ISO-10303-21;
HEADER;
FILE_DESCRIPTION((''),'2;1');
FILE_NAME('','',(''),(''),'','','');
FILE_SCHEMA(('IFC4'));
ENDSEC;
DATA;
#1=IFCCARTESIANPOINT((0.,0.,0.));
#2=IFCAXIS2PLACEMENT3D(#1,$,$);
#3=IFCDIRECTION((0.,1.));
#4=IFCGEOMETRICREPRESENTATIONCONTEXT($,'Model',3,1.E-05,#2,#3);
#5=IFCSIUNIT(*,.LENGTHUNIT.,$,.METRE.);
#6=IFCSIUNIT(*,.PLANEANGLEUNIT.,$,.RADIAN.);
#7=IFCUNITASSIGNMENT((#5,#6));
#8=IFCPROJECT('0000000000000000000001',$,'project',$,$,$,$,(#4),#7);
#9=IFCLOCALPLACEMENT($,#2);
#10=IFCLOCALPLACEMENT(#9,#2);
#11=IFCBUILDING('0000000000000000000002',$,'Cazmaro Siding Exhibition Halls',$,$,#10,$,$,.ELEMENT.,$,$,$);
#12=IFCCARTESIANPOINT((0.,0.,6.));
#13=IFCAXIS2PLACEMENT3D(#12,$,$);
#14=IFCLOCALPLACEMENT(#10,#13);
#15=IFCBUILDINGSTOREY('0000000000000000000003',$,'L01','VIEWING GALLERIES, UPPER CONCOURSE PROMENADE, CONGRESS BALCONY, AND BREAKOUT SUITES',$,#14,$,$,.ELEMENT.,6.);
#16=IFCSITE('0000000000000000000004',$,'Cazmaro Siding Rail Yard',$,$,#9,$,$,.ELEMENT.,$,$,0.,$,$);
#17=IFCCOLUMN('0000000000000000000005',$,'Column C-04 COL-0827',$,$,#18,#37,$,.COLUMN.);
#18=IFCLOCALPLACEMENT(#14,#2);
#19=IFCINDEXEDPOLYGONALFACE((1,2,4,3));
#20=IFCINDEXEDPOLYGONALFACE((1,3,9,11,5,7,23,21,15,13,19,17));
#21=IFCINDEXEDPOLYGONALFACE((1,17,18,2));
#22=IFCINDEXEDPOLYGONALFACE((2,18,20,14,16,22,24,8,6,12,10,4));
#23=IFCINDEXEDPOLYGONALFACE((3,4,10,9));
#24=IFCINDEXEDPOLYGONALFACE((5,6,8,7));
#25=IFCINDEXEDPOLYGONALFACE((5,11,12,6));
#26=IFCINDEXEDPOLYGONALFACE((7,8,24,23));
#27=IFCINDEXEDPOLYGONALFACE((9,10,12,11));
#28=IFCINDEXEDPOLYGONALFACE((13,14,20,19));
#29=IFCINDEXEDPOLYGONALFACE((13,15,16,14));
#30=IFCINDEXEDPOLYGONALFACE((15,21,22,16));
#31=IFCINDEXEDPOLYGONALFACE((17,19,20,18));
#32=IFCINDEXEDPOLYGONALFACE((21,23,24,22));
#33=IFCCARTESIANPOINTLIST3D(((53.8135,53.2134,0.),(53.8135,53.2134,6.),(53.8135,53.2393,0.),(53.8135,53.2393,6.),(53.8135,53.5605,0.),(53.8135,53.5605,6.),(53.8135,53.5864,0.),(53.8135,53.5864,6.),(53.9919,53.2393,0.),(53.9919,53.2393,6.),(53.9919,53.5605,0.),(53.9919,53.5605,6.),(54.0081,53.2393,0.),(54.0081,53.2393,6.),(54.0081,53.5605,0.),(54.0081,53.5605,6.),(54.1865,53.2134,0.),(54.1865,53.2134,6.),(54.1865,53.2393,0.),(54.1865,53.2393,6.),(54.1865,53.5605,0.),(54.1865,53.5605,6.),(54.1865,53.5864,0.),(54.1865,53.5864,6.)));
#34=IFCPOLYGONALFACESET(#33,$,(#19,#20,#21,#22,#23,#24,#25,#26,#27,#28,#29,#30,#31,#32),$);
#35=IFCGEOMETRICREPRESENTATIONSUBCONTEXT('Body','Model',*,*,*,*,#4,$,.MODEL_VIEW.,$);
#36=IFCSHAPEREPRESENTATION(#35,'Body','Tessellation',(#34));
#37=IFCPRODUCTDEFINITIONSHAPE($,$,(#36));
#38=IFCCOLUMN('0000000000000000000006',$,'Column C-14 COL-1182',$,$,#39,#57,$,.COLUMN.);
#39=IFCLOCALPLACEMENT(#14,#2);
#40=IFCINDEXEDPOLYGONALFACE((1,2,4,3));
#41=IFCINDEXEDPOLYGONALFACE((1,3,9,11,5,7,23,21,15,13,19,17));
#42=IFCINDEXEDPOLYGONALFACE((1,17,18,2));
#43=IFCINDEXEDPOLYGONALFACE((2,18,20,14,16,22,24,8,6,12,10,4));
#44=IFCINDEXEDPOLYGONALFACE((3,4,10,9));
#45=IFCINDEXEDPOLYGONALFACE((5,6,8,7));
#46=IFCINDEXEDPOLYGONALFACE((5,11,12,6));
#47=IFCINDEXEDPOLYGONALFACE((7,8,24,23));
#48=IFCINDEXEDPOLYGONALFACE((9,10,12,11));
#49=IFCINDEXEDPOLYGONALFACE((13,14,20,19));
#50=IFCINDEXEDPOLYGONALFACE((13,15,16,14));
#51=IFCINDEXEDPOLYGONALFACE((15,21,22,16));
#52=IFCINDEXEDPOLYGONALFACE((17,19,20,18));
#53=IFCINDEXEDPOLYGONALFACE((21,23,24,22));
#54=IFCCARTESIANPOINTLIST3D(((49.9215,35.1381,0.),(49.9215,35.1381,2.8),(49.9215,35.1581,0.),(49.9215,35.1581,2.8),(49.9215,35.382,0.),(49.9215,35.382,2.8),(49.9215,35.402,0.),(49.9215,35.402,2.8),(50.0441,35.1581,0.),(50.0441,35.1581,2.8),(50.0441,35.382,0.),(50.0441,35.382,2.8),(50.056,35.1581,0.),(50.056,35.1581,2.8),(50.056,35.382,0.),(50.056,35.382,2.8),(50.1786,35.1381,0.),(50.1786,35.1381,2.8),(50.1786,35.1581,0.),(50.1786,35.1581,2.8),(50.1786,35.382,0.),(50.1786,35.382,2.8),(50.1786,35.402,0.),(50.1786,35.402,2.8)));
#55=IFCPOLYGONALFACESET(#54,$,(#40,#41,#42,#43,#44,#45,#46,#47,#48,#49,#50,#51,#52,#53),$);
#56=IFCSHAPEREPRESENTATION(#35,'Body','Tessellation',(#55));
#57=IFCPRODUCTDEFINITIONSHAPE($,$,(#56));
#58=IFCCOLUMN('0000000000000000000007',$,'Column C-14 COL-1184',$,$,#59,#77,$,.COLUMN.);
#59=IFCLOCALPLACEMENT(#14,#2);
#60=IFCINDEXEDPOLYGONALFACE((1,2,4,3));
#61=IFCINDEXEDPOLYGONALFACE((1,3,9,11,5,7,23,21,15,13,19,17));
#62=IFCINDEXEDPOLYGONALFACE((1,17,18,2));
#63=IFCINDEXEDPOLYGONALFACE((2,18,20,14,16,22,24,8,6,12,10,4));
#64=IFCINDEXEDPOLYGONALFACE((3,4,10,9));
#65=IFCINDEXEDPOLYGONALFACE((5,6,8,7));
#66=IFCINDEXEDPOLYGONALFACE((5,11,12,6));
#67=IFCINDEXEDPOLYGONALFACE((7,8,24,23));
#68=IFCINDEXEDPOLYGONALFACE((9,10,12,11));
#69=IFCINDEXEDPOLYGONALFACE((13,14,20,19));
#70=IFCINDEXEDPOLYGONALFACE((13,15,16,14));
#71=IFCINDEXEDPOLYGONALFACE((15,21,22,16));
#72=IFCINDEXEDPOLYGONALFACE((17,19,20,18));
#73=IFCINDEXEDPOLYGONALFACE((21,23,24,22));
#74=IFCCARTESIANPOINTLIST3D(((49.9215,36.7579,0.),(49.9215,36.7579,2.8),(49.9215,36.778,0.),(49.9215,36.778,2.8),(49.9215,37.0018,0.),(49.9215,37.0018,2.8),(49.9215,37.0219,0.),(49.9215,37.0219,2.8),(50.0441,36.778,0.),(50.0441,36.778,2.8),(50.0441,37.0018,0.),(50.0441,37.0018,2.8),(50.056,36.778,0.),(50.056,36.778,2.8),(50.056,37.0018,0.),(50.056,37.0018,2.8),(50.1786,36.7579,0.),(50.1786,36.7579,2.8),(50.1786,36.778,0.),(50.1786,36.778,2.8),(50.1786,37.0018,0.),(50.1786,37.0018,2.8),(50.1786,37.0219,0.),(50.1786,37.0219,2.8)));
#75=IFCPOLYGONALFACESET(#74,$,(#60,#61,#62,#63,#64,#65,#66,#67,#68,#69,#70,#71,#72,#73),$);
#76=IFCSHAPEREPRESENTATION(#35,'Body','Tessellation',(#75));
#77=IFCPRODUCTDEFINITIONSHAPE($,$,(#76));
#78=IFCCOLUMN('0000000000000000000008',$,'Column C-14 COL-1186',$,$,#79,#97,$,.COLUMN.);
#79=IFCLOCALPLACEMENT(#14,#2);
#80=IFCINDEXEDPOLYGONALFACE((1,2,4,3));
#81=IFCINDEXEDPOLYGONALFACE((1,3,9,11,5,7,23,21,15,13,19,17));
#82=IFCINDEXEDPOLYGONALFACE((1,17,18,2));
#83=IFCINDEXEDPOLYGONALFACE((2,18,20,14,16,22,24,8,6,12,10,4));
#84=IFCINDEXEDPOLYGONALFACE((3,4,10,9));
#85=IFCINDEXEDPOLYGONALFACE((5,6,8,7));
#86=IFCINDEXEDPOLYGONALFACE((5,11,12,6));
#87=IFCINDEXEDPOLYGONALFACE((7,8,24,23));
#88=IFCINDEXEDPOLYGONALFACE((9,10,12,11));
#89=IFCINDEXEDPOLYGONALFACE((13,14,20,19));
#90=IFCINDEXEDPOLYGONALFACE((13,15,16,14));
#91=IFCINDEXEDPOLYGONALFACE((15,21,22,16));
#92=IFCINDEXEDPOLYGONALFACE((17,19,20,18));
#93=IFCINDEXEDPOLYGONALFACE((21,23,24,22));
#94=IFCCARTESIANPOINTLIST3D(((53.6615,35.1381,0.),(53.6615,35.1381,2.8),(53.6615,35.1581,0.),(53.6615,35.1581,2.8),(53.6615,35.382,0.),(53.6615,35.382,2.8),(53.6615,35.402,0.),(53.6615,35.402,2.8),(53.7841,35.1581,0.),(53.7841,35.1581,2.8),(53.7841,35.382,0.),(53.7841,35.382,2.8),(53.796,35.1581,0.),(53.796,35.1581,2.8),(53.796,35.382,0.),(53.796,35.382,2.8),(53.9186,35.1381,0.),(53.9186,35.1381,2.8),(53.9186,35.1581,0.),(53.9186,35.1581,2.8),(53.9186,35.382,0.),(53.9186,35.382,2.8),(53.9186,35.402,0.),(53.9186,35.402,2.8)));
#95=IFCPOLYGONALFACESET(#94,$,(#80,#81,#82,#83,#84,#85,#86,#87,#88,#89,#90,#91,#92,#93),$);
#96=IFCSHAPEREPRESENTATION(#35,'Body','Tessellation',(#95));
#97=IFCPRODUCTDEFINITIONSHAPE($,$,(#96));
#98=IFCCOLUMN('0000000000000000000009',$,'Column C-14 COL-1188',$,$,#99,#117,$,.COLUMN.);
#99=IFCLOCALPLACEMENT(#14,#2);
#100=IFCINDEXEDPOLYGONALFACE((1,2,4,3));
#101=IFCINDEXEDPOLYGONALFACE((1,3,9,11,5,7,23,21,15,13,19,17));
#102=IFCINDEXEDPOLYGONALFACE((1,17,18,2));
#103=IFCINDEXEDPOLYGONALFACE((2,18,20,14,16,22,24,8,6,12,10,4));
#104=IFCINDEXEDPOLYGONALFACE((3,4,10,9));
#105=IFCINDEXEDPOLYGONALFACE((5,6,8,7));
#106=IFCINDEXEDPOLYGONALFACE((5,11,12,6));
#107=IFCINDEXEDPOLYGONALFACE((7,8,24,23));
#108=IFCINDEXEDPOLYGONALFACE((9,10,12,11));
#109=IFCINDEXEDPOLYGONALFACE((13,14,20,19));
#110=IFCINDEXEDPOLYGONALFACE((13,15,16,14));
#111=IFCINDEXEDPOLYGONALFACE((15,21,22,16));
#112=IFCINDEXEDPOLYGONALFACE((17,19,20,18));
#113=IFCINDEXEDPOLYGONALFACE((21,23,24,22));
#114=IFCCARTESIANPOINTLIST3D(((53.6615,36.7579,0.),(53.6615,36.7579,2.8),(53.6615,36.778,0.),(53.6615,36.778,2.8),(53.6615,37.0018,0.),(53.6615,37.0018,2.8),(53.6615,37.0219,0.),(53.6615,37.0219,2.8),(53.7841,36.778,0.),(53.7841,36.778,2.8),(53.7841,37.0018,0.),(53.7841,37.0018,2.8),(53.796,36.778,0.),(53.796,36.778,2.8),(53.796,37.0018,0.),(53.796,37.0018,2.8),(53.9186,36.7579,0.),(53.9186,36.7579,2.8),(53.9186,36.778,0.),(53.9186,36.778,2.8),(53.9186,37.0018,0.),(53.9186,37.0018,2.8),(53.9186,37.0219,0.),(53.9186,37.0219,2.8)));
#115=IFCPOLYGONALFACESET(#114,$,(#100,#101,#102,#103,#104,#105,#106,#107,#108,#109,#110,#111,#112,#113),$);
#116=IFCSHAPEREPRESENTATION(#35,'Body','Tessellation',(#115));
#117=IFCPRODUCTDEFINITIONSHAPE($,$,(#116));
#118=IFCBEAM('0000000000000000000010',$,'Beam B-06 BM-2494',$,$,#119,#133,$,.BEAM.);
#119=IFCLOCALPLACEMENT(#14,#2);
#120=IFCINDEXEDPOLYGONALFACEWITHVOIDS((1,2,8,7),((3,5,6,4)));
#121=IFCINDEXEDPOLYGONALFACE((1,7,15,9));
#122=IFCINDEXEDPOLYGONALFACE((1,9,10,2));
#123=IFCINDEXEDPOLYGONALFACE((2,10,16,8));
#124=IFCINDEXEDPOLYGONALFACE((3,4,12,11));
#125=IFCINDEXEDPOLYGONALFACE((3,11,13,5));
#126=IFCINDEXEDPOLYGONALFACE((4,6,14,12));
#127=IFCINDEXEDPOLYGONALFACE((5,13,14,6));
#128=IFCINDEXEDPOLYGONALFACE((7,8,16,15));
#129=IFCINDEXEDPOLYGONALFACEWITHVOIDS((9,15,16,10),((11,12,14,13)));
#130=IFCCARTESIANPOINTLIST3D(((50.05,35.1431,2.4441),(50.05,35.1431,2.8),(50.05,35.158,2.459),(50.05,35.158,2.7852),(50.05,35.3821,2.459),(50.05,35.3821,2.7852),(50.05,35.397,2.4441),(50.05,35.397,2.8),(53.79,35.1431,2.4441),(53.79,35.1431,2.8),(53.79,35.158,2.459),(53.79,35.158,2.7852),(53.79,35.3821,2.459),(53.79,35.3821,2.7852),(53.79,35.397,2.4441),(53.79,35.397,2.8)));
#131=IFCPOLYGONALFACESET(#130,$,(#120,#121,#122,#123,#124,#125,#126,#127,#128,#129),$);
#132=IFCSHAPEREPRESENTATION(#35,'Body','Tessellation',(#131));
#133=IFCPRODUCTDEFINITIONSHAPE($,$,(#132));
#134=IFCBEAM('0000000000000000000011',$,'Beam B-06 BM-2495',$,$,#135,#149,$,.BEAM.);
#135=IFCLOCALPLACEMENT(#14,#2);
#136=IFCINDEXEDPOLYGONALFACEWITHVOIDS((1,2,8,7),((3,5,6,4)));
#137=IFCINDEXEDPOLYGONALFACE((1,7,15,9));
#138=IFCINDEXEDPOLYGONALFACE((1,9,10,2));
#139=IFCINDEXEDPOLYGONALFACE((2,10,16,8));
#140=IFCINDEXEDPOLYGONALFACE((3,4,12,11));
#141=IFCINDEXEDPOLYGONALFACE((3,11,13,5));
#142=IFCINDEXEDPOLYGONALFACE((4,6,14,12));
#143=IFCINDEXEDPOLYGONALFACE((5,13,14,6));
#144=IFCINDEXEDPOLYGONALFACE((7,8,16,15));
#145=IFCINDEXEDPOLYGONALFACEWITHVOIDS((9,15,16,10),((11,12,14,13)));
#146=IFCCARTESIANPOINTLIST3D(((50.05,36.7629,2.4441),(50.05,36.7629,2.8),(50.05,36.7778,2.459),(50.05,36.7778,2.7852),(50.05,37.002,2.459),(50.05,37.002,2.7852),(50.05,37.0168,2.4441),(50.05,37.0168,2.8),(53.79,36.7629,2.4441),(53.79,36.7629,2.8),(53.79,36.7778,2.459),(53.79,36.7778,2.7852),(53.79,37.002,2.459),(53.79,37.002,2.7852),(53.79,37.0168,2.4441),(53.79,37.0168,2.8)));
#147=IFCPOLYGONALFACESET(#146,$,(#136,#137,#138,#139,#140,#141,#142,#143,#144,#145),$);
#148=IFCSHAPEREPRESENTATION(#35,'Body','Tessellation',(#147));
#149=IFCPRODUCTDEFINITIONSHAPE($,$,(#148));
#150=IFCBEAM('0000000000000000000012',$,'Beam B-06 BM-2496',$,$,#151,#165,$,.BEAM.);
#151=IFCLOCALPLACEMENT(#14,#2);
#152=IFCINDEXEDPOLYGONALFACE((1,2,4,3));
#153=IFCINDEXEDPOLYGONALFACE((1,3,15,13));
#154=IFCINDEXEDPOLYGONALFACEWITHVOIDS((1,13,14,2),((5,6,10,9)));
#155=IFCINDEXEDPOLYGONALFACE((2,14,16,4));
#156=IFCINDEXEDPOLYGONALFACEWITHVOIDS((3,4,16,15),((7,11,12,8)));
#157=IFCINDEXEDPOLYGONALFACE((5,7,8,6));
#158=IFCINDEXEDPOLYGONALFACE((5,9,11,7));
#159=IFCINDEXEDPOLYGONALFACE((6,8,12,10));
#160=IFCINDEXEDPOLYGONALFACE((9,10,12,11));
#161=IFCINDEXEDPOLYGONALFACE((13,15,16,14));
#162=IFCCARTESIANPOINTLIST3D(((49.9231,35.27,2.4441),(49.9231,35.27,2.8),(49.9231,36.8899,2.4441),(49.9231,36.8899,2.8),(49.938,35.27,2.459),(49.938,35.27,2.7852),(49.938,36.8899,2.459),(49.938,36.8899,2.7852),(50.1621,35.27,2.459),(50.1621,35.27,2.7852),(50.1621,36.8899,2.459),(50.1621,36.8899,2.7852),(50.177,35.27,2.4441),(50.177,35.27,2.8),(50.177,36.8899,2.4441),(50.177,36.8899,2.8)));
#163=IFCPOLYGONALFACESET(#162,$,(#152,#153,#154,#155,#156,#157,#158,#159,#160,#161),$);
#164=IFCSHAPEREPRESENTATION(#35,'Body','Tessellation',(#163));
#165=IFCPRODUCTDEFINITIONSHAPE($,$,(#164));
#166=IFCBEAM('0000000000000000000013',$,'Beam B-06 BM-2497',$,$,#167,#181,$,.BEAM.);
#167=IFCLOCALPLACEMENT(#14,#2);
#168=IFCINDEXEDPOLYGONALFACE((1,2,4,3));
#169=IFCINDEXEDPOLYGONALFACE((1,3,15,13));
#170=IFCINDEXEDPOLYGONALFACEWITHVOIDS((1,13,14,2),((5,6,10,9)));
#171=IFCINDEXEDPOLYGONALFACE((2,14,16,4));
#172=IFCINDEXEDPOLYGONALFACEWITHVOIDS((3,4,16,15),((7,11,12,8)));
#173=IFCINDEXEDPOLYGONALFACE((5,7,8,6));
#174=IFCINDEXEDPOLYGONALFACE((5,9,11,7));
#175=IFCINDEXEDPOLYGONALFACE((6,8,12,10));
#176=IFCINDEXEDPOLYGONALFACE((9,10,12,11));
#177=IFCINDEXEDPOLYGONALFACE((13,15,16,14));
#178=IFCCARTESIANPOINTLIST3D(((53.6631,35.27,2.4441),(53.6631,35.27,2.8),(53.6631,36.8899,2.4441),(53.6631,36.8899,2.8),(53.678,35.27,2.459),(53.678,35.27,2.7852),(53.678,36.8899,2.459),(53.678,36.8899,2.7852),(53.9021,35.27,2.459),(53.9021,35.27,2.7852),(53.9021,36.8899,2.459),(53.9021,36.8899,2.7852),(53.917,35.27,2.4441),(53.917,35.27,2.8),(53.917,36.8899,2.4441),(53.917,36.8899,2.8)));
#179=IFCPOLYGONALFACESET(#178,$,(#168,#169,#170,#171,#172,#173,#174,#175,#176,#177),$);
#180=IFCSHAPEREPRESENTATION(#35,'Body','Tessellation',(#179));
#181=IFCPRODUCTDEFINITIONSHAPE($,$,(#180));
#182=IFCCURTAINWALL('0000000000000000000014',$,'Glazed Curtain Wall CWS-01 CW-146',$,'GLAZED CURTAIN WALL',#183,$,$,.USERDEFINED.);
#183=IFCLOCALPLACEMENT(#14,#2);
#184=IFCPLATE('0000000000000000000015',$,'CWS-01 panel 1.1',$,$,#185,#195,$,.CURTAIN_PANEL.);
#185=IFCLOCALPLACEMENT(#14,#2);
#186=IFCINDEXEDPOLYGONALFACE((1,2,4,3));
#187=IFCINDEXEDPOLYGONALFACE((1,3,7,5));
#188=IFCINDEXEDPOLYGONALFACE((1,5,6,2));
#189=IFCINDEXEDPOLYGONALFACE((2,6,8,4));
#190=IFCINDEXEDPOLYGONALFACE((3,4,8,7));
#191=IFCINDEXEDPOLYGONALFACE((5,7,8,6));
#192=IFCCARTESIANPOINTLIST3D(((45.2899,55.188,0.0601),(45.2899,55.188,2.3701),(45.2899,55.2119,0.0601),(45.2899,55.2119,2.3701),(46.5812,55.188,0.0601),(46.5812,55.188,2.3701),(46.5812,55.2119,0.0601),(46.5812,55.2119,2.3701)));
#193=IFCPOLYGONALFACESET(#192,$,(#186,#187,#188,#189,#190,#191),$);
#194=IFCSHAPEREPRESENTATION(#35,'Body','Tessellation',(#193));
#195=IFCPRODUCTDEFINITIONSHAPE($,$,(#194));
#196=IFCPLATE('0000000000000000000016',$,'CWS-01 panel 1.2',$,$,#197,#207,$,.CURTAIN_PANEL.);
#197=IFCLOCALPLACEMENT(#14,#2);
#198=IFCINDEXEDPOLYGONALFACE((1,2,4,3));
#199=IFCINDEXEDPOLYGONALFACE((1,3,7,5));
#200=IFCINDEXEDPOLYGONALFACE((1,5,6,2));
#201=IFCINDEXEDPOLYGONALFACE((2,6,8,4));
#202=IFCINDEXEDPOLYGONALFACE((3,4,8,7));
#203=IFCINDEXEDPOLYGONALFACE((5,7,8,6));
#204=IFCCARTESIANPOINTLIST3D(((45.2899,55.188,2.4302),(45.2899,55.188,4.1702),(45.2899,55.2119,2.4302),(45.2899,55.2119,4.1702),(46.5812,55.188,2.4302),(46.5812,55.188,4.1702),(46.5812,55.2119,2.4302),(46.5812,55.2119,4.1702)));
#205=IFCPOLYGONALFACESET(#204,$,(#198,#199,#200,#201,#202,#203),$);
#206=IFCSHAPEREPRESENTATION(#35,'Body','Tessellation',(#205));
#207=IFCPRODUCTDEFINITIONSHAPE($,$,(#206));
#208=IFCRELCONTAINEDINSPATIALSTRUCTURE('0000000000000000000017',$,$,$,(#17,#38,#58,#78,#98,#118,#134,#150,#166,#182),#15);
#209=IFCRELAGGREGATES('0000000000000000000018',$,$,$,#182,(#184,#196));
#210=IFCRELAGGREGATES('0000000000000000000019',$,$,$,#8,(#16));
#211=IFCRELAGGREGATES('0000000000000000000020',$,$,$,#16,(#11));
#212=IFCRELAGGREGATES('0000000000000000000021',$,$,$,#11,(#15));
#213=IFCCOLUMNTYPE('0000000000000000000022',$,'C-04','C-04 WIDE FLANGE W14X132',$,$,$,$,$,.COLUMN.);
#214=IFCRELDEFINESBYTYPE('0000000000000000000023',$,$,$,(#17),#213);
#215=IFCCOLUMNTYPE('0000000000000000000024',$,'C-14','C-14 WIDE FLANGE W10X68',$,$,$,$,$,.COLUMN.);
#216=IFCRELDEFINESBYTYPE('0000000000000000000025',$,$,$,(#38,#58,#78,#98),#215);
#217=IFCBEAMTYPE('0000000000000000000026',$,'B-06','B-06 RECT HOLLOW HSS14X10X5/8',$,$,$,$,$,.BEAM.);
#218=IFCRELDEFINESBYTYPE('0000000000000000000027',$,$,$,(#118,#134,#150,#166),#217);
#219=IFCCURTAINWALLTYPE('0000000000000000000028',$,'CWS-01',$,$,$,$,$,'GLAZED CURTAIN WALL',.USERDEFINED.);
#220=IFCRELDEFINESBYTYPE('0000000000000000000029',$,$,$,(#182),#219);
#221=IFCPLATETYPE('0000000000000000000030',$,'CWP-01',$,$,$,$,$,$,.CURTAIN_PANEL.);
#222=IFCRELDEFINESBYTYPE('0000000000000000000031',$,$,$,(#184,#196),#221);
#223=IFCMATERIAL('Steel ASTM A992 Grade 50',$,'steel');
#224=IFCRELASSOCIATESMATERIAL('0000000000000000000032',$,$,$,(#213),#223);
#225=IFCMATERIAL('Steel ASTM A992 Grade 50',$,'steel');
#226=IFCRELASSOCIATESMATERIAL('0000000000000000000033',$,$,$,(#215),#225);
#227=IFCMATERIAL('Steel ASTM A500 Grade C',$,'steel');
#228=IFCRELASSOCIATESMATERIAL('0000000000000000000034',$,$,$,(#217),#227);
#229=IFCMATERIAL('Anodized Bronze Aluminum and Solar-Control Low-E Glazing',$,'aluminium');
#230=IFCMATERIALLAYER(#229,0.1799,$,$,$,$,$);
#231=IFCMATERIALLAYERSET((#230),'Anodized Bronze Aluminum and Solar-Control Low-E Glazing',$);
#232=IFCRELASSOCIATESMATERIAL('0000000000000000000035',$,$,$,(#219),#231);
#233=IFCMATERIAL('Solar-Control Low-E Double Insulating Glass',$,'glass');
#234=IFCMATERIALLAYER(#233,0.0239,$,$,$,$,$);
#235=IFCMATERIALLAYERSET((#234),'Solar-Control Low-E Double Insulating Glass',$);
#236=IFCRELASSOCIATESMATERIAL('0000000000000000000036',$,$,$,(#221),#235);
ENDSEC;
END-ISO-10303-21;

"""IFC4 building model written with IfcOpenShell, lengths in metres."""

from ifc_helpers import new_model, si_unit, direction, frame, origin, origin_2d, place, context, subcontext, project, spatial, rectangle, hollow_rectangle, i_section, extrude, material, layer, layer_set, material_profile, profile_set, type_object, element, aggregate, save


model = new_model("IFC4")

# Units and contexts
model_context = context("Model", 3, precision=1e-05, world=origin(), true_north=direction((0.0, 1.0)))
body_context = subcontext(model_context, "Body", "Model", "MODEL_VIEW")
ifc_project = project(units=[si_unit("LENGTHUNIT", "METRE"), si_unit("PLANEANGLEUNIT", "RADIAN")], contexts=[model_context])

# Site, building, storey
site_placement = place(None, origin())
site = spatial("IfcSite", under=ifc_project, at=site_placement, Name="Cazmaro Siding Rail Yard", CompositionType="ELEMENT", RefElevation=0.0)
building_placement = place(site_placement, origin())
building = spatial("IfcBuilding", under=site, at=building_placement, Name="Cazmaro Siding Exhibition Halls", CompositionType="ELEMENT")
storey_placement = place(building_placement, frame((0.0, 0.0, 6.0)))
storey = spatial("IfcBuildingStorey", under=building, at=storey_placement, Name="L01", Description="VIEWING GALLERIES, UPPER CONCOURSE PROMENADE, CONGRESS BALCONY, AND BREAKOUT SUITES", CompositionType="ELEMENT", Elevation=6.0)

# Columns
ifc_material_1 = material(Name="Steel ASTM A992 Grade 50", Category="steel")
ifc_material_profile_1 = material_profile(ifc_material_1, i_section(OverallWidth=0.373, OverallDepth=0.373, WebThickness=0.0161, FlangeThickness=0.0259, at=origin_2d()), Name="W14X132")
ifc_profile_set_1 = profile_set([ifc_material_profile_1], Name="Steel ASTM A992 Grade 50")
column_type_1 = type_object("IfcColumnType", Name="C-04", Description="C-04 WIDE FLANGE W14X132", PredefinedType="COLUMN", material=ifc_profile_set_1)
column_placement = place(storey_placement, frame((54.0, 53.3999, 0.0), z_axis=(0.0, 0.0, 1.0), x_axis=(1.0, 0.0, 0.0)))
element("IfcColumn", 1, at=column_placement, inside=storey, type_object=column_type_1, Name="Column C-04 COL-0827", PredefinedType="COLUMN", context=body_context, shape_type="SweptSolid", body=[
    extrude(i_section(OverallWidth=0.373, OverallDepth=0.373, WebThickness=0.0161, FlangeThickness=0.0259, at=origin_2d()), origin(), (0.0, 0.0, 1.0), 6.0),
])
ifc_material_2 = material(Name="Steel ASTM A992 Grade 50", Category="steel")
ifc_material_profile_2 = material_profile(ifc_material_2, i_section(OverallWidth=0.2571, OverallDepth=0.2639, WebThickness=0.012, FlangeThickness=0.02, at=origin_2d()), Name="W10X68")
ifc_profile_set_2 = profile_set([ifc_material_profile_2], Name="Steel ASTM A992 Grade 50")
column_type_2 = type_object("IfcColumnType", Name="C-14", Description="C-14 WIDE FLANGE W10X68", PredefinedType="COLUMN", material=ifc_profile_set_2)
for number, where, z_axis, x_axis, name in (
    (2, (50.05, 35.27, 0.0), (0.0, 0.0, 1.0), (1.0, 0.0, 0.0), "Column C-14 COL-1182"),
    (3, (50.05, 36.8899, 0.0), (0.0, 0.0, 1.0), (1.0, 0.0, 0.0), "Column C-14 COL-1184"),
    (4, (53.79, 35.27, 0.0), (0.0, 0.0, 1.0), (1.0, 0.0, 0.0), "Column C-14 COL-1186"),
    (5, (53.79, 36.8899, 0.0), (0.0, 0.0, 1.0), (1.0, 0.0, 0.0), "Column C-14 COL-1188"),
):
    element("IfcColumn", number, at=place(storey_placement, frame(where, z_axis=z_axis, x_axis=x_axis)), inside=storey, type_object=column_type_2, Name=name, PredefinedType="COLUMN", context=body_context, shape_type="SweptSolid", body=[
        extrude(i_section(OverallWidth=0.2571, OverallDepth=0.2639, WebThickness=0.012, FlangeThickness=0.02, at=origin_2d()), origin(), (0.0, 0.0, 1.0), 2.8),
    ])

# Beams
ifc_material_3 = material(Name="Steel ASTM A500 Grade C", Category="steel")
ifc_material_profile_3 = material_profile(ifc_material_3, hollow_rectangle(XDim=0.2539, YDim=0.356, WallThickness=0.0149, at=origin_2d()), Name="HSS14X10X5/8")
ifc_profile_set_3 = profile_set([ifc_material_profile_3], Name="Steel ASTM A500 Grade C")
beam_type = type_object("IfcBeamType", Name="B-06", Description="B-06 RECT HOLLOW HSS14X10X5/8", PredefinedType="BEAM", material=ifc_profile_set_3)
for number, where, z_axis, x_axis, name in (
    (6, (50.05, 35.27, 2.6221), (1.0, 0.0, 0.0), (0.0, 1.0, 0.0), "Beam B-06 BM-2494"),
    (7, (50.05, 36.8899, 2.6221), (1.0, 0.0, 0.0), (0.0, 1.0, 0.0), "Beam B-06 BM-2495"),
):
    element("IfcBeam", number, at=place(storey_placement, frame(where, z_axis=z_axis, x_axis=x_axis)), inside=storey, type_object=beam_type, Name=name, PredefinedType="BEAM", context=body_context, shape_type="SweptSolid", body=[
        extrude(hollow_rectangle(XDim=0.2539, YDim=0.356, WallThickness=0.0149, at=origin_2d()), origin(), (0.0, 0.0, 1.0), 3.74),
    ])
for number, where, z_axis, x_axis, name in (
    (8, (50.05, 35.27, 2.6221), (0.0, 1.0, 0.0), (-1.0, 0.0, 0.0), "Beam B-06 BM-2496"),
    (9, (53.79, 35.27, 2.6221), (0.0, 1.0, 0.0), (-1.0, 0.0, 0.0), "Beam B-06 BM-2497"),
):
    element("IfcBeam", number, at=place(storey_placement, frame(where, z_axis=z_axis, x_axis=x_axis)), inside=storey, type_object=beam_type, Name=name, PredefinedType="BEAM", context=body_context, shape_type="SweptSolid", body=[
        extrude(hollow_rectangle(XDim=0.2539, YDim=0.356, WallThickness=0.0149, at=origin_2d()), origin(), (0.0, 0.0, 1.0), 1.6199),
    ])

# Curtain wall, plates
ifc_material_4 = material(Name="Anodized Bronze Aluminum and Solar-Control Low-E Glazing", Category="aluminium")
ifc_layer_1 = layer(ifc_material_4, 0.1799)
ifc_layer_set_1 = layer_set([ifc_layer_1], Name="Anodized Bronze Aluminum and Solar-Control Low-E Glazing")
curtain_wall_type = type_object("IfcCurtainWallType", Name="CWS-01", ElementType="GLAZED CURTAIN WALL", PredefinedType="USERDEFINED", material=ifc_layer_set_1)
curtain_wall_placement = place(storey_placement, origin())
curtain_wall = element("IfcCurtainWall", 10, at=curtain_wall_placement, inside=storey, type_object=curtain_wall_type, Name="Glazed Curtain Wall CWS-01 CW-146", ObjectType="GLAZED CURTAIN WALL", PredefinedType="USERDEFINED")
ifc_material_5 = material(Name="Solar-Control Low-E Double Insulating Glass", Category="glass")
ifc_layer_2 = layer(ifc_material_5, 0.0239)
ifc_layer_set_2 = layer_set([ifc_layer_2], Name="Solar-Control Low-E Double Insulating Glass")
plate_type = type_object("IfcPlateType", Name="CWP-01", PredefinedType="CURTAIN_PANEL", material=ifc_layer_set_2)
plate_1_placement = place(storey_placement, frame((45.9355, 55.2, 0.0601), z_axis=(0.0, 0.0, 1.0), x_axis=(1.0, 0.0, 0.0)))
plate_1 = element("IfcPlate", 11, at=plate_1_placement, type_object=plate_type, Name="CWS-01 panel 1.1", PredefinedType="CURTAIN_PANEL", context=body_context, shape_type="SweptSolid", body=[
    extrude(rectangle(XDim=1.2913, YDim=0.0239, at=origin_2d()), origin(), (0.0, 0.0, 1.0), 2.3101),
])
plate_2_placement = place(storey_placement, frame((45.9355, 55.2, 2.4302), z_axis=(0.0, 0.0, 1.0), x_axis=(1.0, 0.0, 0.0)))
plate_2 = element("IfcPlate", 12, at=plate_2_placement, type_object=plate_type, Name="CWS-01 panel 1.2", PredefinedType="CURTAIN_PANEL", context=body_context, shape_type="SweptSolid", body=[
    extrude(rectangle(XDim=1.2913, YDim=0.0239, at=origin_2d()), origin(), (0.0, 0.0, 1.0), 1.74),
])
aggregate(curtain_wall, [plate_1, plate_2])

save(model, "model.ifc")
